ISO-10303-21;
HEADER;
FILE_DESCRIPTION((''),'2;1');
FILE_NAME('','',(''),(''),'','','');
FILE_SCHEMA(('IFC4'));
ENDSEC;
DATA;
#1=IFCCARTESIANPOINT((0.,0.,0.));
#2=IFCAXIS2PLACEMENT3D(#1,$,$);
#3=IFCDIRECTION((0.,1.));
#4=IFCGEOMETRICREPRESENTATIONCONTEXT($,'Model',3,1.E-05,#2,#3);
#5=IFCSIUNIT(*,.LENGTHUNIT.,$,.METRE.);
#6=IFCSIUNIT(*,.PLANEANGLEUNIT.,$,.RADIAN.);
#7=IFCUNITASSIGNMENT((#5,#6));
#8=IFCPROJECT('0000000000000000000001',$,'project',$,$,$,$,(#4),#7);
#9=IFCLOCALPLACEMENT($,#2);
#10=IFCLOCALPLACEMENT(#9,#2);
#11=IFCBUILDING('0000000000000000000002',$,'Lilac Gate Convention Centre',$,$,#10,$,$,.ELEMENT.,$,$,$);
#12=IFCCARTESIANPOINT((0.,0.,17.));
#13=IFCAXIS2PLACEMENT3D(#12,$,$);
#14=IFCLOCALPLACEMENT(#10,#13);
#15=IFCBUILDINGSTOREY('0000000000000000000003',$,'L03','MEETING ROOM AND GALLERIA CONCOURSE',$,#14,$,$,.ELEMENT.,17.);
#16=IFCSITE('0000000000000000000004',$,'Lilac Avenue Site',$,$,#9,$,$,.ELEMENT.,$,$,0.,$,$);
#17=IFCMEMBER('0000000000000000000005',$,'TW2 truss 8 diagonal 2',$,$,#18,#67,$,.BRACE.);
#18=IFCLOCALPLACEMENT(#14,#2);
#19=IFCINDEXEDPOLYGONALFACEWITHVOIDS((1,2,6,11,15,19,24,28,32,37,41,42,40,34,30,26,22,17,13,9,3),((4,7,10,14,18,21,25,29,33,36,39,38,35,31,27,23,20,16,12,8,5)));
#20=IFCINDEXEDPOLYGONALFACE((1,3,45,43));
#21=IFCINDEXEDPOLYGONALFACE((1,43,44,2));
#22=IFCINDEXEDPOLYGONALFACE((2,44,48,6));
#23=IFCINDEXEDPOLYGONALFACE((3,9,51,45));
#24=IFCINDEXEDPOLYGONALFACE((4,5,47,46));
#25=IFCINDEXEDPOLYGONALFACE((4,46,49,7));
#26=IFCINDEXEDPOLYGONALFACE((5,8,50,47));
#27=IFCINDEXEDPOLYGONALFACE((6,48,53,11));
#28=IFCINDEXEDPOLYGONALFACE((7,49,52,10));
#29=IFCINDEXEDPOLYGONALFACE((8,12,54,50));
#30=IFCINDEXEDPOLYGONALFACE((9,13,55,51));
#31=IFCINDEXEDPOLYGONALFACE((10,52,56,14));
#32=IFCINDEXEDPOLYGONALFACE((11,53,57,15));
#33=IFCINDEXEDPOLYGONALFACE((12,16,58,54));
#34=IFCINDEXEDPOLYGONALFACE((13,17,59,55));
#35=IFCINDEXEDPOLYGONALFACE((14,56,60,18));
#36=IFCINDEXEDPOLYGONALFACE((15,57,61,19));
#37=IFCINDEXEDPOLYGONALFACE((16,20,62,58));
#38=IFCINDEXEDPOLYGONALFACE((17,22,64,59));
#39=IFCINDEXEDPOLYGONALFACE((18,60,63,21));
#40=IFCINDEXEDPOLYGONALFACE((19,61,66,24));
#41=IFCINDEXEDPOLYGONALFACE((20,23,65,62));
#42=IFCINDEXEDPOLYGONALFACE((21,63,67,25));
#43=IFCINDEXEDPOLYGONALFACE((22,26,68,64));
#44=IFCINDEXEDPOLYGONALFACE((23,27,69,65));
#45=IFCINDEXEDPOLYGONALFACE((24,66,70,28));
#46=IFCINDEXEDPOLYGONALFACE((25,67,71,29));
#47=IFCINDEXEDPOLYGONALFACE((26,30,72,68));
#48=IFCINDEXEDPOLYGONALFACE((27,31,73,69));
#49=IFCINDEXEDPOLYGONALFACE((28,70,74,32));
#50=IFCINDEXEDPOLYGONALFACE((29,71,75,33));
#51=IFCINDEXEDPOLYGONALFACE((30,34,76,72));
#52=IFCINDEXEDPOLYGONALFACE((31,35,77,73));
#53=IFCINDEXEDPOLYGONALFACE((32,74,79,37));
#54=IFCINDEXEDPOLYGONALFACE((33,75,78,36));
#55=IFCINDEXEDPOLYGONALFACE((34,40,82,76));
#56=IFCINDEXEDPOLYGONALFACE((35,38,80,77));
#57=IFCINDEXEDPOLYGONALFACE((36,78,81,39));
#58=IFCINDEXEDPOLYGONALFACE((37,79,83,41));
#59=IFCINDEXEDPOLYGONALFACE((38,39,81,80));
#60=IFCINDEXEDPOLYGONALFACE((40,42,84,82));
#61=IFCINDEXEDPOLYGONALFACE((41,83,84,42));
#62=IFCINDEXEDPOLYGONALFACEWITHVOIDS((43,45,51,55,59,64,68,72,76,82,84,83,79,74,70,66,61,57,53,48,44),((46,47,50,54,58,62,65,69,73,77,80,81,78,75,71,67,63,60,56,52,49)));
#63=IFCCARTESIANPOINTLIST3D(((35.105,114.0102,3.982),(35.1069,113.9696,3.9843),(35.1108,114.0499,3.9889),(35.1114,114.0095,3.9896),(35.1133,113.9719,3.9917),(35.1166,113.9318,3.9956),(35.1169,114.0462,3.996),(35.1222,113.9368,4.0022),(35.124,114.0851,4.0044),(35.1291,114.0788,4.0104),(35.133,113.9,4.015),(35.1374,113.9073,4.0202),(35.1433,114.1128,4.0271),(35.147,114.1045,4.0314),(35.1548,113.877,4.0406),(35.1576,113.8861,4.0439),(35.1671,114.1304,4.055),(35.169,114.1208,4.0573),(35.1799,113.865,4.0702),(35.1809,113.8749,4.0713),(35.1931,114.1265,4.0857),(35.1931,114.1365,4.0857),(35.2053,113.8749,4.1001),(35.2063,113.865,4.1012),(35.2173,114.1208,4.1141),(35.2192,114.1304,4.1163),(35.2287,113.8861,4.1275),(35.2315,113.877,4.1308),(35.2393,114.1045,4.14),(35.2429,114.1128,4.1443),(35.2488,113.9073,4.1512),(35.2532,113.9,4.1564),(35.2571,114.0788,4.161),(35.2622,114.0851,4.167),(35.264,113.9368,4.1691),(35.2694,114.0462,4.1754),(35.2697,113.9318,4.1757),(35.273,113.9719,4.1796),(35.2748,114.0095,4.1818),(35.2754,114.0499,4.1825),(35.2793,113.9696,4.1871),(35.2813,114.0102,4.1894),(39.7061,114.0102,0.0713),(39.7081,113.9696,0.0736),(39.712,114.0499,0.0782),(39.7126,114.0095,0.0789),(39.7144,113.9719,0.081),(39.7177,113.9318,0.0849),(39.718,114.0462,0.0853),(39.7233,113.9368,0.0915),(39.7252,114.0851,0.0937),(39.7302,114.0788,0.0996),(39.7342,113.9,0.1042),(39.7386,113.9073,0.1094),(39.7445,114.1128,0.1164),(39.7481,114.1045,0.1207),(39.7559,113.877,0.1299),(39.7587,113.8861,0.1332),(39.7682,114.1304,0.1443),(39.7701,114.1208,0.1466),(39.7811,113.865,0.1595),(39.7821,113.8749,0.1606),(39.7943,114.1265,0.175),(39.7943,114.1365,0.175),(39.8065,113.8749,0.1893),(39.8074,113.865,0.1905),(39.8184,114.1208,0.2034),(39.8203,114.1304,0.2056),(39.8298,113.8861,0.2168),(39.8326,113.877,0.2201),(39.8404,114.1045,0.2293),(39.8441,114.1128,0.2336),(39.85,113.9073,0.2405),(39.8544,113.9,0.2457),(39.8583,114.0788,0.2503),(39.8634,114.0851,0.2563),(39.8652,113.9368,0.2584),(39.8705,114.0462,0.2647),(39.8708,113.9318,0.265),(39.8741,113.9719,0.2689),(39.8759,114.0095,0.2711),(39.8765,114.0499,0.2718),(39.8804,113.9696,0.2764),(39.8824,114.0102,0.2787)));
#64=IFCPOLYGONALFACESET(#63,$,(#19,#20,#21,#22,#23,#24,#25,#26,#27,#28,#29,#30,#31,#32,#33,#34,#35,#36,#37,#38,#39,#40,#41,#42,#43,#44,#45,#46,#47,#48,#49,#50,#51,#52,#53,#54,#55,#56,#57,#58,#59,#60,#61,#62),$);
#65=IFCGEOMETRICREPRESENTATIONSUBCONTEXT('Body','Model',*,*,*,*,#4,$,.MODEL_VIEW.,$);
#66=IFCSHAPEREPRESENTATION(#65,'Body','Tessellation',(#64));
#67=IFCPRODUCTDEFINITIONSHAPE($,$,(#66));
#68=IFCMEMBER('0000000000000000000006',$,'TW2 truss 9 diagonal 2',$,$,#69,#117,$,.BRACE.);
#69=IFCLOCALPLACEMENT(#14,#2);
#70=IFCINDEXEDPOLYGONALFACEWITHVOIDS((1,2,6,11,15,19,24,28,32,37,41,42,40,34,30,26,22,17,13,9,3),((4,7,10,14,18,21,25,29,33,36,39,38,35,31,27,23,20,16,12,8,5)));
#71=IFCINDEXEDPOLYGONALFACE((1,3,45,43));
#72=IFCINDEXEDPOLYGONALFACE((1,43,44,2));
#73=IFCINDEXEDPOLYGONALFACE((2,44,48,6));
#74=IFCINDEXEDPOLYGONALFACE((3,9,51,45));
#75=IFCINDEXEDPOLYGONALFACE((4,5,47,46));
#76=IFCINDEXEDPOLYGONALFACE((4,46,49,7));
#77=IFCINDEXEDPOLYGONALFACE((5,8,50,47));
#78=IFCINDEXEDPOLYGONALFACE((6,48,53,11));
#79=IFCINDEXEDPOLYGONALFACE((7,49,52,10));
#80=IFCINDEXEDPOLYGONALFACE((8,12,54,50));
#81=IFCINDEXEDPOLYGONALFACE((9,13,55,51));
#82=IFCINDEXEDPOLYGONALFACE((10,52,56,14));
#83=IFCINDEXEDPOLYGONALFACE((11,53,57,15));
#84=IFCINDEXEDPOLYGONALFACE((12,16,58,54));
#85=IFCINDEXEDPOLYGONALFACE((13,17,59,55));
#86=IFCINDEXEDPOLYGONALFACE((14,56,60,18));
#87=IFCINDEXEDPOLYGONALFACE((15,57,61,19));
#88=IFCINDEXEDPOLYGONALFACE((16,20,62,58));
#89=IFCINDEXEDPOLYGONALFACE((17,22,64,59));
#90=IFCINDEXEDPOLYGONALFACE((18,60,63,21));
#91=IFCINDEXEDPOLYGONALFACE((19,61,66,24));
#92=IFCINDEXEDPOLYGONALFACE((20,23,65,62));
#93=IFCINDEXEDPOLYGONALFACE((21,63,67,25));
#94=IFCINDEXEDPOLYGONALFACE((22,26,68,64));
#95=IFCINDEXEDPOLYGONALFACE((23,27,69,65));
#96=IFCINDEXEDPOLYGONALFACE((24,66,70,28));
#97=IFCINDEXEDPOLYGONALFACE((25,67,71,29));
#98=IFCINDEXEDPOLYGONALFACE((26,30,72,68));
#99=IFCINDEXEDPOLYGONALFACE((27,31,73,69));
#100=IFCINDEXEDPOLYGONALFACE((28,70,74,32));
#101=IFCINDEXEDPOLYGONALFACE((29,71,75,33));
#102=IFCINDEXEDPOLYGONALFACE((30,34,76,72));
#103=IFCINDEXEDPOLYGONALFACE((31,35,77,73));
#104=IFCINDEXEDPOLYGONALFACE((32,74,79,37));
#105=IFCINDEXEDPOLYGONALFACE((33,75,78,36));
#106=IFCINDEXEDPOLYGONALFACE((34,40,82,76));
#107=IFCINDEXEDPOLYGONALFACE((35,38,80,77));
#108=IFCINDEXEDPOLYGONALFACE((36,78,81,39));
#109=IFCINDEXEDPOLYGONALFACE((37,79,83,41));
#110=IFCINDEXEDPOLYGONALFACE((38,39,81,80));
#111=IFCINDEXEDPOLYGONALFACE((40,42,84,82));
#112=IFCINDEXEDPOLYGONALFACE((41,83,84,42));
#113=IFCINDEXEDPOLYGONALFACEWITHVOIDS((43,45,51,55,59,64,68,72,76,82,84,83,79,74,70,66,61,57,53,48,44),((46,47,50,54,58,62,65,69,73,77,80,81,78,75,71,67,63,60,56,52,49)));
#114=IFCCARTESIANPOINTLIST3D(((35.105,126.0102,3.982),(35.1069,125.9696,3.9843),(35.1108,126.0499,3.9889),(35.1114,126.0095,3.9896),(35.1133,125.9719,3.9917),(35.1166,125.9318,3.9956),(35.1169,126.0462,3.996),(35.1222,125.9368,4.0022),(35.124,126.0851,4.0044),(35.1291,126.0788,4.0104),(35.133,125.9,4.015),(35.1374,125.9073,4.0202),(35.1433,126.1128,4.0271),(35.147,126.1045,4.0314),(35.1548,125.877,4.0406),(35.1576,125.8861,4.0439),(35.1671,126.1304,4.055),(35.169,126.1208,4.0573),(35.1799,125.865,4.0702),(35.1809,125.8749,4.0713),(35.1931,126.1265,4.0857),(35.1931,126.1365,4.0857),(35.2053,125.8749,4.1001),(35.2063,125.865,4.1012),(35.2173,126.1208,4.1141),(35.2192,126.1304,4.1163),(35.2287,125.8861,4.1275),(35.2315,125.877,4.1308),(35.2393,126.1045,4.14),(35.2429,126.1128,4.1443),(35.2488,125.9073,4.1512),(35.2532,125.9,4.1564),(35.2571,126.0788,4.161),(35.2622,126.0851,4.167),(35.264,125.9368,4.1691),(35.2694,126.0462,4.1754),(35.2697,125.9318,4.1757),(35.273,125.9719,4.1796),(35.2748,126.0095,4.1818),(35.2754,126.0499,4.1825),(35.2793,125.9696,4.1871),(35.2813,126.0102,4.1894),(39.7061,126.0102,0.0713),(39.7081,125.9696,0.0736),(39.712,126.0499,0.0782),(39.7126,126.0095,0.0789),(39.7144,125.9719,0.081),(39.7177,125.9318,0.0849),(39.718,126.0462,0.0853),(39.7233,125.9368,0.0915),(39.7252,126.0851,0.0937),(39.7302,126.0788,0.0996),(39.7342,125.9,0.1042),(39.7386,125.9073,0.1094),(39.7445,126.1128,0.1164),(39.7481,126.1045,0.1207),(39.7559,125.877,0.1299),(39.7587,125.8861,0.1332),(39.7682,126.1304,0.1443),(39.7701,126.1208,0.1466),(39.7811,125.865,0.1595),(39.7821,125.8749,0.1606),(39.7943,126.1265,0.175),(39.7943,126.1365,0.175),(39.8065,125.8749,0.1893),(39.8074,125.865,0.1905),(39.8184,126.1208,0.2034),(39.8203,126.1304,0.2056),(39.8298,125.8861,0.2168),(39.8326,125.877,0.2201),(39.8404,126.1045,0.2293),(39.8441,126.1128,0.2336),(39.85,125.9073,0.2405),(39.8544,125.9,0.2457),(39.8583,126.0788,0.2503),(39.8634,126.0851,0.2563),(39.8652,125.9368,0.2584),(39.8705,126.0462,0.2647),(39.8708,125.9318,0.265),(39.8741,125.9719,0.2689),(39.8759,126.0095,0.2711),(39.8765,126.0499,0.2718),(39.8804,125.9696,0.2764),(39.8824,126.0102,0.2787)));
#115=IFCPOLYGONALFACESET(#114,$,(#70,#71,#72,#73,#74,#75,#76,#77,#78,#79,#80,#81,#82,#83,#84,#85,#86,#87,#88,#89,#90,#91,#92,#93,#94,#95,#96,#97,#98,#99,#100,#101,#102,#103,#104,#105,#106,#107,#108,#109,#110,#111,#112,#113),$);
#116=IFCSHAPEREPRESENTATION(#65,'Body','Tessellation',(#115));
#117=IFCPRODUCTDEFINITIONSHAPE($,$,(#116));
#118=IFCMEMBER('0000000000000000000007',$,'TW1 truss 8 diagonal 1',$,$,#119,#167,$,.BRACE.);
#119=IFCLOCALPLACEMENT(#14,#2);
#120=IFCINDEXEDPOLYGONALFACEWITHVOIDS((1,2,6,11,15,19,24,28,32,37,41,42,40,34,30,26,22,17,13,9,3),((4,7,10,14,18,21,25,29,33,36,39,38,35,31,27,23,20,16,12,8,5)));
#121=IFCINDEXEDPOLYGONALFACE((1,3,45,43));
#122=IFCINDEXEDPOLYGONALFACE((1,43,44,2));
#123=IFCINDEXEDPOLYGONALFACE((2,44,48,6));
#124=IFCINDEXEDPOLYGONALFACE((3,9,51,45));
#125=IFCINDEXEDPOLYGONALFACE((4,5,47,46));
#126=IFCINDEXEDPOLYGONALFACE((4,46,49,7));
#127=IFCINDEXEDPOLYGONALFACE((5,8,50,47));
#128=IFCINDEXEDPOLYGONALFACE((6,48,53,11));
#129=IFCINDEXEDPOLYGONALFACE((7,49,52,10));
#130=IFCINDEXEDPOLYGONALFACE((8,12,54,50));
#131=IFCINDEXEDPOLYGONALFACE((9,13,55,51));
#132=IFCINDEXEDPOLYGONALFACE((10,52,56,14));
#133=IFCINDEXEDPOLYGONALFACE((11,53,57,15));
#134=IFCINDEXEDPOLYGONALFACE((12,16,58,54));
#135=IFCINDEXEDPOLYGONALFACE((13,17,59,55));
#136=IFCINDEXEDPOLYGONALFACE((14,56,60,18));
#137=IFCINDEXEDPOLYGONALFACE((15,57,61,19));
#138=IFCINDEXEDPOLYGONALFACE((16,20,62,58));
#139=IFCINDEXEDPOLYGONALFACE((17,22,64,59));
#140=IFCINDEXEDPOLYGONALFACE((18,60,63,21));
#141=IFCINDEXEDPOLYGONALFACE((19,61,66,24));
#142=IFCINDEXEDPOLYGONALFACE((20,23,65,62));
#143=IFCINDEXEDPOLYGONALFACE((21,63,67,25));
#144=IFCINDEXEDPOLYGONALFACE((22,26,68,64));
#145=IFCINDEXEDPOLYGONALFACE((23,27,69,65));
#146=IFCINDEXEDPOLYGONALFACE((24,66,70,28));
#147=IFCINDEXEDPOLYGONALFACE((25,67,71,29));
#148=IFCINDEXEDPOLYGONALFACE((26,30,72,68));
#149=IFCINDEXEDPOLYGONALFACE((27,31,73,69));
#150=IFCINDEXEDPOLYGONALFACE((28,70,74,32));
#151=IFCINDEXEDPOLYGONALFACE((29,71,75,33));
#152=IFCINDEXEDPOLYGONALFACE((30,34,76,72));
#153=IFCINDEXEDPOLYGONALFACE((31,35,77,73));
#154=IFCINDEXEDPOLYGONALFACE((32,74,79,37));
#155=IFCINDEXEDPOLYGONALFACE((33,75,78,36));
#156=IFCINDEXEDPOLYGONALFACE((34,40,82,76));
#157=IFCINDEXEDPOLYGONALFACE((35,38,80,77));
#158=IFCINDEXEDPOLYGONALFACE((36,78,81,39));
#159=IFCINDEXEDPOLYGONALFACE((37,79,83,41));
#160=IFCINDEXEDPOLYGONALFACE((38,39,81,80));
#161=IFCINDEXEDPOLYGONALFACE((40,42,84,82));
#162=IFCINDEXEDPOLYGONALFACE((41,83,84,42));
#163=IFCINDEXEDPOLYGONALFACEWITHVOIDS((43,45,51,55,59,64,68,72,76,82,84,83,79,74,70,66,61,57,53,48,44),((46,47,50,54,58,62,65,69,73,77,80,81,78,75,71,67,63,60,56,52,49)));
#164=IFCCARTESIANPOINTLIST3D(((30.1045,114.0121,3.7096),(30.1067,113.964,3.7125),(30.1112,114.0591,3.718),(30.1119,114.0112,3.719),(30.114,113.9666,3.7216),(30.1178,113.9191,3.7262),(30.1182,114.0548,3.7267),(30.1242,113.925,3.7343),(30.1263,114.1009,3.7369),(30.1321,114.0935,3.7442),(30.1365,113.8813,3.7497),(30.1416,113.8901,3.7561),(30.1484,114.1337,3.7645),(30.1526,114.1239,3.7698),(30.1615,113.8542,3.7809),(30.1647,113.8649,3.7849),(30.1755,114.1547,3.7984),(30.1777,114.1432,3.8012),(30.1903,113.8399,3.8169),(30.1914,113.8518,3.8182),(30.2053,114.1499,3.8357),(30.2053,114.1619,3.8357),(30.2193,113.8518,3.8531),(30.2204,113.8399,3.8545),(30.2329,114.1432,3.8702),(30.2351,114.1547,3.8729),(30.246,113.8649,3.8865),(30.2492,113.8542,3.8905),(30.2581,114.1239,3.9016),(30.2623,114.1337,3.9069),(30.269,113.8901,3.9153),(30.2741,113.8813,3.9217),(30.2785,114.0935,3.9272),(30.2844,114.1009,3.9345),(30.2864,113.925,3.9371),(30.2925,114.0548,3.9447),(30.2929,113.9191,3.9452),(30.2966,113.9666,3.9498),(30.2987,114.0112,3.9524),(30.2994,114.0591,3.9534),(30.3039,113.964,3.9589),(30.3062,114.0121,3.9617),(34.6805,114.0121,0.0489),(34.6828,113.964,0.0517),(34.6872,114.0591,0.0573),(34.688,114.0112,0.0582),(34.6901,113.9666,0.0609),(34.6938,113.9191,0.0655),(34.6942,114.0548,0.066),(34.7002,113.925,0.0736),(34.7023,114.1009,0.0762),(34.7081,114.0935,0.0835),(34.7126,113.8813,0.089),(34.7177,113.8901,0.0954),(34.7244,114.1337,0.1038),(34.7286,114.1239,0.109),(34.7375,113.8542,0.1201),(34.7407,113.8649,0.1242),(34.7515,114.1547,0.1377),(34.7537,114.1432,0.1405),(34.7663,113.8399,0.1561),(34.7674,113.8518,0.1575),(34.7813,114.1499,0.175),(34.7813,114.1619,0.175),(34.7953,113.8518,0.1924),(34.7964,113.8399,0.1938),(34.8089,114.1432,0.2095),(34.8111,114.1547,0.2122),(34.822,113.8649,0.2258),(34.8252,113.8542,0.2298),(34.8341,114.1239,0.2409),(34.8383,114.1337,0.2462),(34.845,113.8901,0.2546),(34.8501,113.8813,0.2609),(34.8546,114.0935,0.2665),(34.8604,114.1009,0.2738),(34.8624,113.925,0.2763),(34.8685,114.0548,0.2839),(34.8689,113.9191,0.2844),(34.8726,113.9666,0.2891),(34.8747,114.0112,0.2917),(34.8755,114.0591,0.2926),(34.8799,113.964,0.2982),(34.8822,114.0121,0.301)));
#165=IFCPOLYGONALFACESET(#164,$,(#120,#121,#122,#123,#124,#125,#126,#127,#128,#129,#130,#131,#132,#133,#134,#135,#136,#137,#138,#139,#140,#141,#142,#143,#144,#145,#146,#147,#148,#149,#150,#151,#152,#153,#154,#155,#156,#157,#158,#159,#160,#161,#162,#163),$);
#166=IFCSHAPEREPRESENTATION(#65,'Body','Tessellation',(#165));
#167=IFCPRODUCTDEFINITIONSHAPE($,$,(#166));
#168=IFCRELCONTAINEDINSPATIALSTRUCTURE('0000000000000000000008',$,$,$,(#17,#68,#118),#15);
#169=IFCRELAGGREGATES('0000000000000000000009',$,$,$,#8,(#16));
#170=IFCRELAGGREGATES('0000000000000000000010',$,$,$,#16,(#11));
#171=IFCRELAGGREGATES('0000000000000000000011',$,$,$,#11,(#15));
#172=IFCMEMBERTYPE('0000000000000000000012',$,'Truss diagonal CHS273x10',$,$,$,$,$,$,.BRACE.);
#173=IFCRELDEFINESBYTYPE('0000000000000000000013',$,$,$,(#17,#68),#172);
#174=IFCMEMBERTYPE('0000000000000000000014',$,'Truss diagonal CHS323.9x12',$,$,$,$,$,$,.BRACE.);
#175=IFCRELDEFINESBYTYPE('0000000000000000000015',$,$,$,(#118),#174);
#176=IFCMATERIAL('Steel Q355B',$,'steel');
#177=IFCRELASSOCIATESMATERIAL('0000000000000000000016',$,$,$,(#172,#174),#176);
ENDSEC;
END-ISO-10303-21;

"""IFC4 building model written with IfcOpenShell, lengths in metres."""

from ifc_helpers import new_model, si_unit, direction, frame, origin, origin_2d, place, context, subcontext, project, spatial, hollow_circle, extrude, material, material_profile, profile_set, type_object, element, save


model = new_model("IFC4")

# Units and contexts
model_context = context("Model", 3, precision=1e-05, world=origin(), true_north=direction((0.0, 1.0)))
body_context = subcontext(model_context, "Body", "Model", "MODEL_VIEW")
ifc_project = project(units=[si_unit("LENGTHUNIT", "METRE"), si_unit("PLANEANGLEUNIT", "RADIAN")], contexts=[model_context])

# Site, building, storey
site_placement = place(None, origin())
site = spatial("IfcSite", under=ifc_project, at=site_placement, Name="Lilac Avenue Site", CompositionType="ELEMENT", RefElevation=0.0)
building_placement = place(site_placement, origin())
building = spatial("IfcBuilding", under=site, at=building_placement, Name="Lilac Gate Convention Centre", CompositionType="ELEMENT")
storey_placement = place(building_placement, frame((0.0, 0.0, 17.0)))
storey = spatial("IfcBuildingStorey", under=building, at=storey_placement, Name="L03", Description="MEETING ROOM AND GALLERIA CONCOURSE", CompositionType="ELEMENT", Elevation=17.0)

# Members
ifc_material = material(Name="Steel Q355B", Category="steel")
ifc_material_profile_1 = material_profile(ifc_material, hollow_circle(Radius=0.1365, WallThickness=0.01, at=origin_2d()), Name="CHS273x10")
ifc_profile_set_1 = profile_set([ifc_material_profile_1], Name="Steel Q355B")
member_type_1 = type_object("IfcMemberType", Name="Truss diagonal CHS273x10", PredefinedType="BRACE", material=ifc_profile_set_1)
for number, where, z_axis, x_axis, name in (
    (1, (35.1931, 114.0, 4.0857), (0.761961, 0.0, -0.647623), (0.0, 1.0, 0.0), "TW2 truss 8 diagonal 2"),
    (2, (35.1931, 126.0, 4.0857), (0.761961, 0.0, -0.647623), (0.0, 1.0, 0.0), "TW2 truss 9 diagonal 2"),
):
    element("IfcMember", number, at=place(storey_placement, frame(where, z_axis=z_axis, x_axis=x_axis)), inside=storey, type_object=member_type_1, Name=name, PredefinedType="BRACE", context=body_context, shape_type="SweptSolid", body=[
        extrude(hollow_circle(Radius=0.1365, WallThickness=0.01, at=origin_2d()), origin(), (0.0, 0.0, 1.0), 6.0386),
    ])
ifc_material_profile_2 = material_profile(ifc_material, hollow_circle(Radius=0.1619, WallThickness=0.012, at=origin_2d()), Name="CHS323.9x12")
ifc_profile_set_2 = profile_set([ifc_material_profile_2], Name="Steel Q355B")
member_type_2 = type_object("IfcMemberType", Name="Truss diagonal CHS323.9x12", PredefinedType="BRACE", material=ifc_profile_set_2)
for number, where, z_axis, x_axis, name in (
    (3, (30.2053, 114.0, 3.8357), (0.780877, 0.0, -0.624685), (0.0, 1.0, 0.0), "TW1 truss 8 diagonal 1"),
):
    element("IfcMember", number, at=place(storey_placement, frame(where, z_axis=z_axis, x_axis=x_axis)), inside=storey, type_object=member_type_2, Name=name, PredefinedType="BRACE", context=body_context, shape_type="SweptSolid", body=[
        extrude(hollow_circle(Radius=0.1619, WallThickness=0.012, at=origin_2d()), origin(), (0.0, 0.0, 1.0), 5.8601),
    ])

save(model, "model.ifc")
